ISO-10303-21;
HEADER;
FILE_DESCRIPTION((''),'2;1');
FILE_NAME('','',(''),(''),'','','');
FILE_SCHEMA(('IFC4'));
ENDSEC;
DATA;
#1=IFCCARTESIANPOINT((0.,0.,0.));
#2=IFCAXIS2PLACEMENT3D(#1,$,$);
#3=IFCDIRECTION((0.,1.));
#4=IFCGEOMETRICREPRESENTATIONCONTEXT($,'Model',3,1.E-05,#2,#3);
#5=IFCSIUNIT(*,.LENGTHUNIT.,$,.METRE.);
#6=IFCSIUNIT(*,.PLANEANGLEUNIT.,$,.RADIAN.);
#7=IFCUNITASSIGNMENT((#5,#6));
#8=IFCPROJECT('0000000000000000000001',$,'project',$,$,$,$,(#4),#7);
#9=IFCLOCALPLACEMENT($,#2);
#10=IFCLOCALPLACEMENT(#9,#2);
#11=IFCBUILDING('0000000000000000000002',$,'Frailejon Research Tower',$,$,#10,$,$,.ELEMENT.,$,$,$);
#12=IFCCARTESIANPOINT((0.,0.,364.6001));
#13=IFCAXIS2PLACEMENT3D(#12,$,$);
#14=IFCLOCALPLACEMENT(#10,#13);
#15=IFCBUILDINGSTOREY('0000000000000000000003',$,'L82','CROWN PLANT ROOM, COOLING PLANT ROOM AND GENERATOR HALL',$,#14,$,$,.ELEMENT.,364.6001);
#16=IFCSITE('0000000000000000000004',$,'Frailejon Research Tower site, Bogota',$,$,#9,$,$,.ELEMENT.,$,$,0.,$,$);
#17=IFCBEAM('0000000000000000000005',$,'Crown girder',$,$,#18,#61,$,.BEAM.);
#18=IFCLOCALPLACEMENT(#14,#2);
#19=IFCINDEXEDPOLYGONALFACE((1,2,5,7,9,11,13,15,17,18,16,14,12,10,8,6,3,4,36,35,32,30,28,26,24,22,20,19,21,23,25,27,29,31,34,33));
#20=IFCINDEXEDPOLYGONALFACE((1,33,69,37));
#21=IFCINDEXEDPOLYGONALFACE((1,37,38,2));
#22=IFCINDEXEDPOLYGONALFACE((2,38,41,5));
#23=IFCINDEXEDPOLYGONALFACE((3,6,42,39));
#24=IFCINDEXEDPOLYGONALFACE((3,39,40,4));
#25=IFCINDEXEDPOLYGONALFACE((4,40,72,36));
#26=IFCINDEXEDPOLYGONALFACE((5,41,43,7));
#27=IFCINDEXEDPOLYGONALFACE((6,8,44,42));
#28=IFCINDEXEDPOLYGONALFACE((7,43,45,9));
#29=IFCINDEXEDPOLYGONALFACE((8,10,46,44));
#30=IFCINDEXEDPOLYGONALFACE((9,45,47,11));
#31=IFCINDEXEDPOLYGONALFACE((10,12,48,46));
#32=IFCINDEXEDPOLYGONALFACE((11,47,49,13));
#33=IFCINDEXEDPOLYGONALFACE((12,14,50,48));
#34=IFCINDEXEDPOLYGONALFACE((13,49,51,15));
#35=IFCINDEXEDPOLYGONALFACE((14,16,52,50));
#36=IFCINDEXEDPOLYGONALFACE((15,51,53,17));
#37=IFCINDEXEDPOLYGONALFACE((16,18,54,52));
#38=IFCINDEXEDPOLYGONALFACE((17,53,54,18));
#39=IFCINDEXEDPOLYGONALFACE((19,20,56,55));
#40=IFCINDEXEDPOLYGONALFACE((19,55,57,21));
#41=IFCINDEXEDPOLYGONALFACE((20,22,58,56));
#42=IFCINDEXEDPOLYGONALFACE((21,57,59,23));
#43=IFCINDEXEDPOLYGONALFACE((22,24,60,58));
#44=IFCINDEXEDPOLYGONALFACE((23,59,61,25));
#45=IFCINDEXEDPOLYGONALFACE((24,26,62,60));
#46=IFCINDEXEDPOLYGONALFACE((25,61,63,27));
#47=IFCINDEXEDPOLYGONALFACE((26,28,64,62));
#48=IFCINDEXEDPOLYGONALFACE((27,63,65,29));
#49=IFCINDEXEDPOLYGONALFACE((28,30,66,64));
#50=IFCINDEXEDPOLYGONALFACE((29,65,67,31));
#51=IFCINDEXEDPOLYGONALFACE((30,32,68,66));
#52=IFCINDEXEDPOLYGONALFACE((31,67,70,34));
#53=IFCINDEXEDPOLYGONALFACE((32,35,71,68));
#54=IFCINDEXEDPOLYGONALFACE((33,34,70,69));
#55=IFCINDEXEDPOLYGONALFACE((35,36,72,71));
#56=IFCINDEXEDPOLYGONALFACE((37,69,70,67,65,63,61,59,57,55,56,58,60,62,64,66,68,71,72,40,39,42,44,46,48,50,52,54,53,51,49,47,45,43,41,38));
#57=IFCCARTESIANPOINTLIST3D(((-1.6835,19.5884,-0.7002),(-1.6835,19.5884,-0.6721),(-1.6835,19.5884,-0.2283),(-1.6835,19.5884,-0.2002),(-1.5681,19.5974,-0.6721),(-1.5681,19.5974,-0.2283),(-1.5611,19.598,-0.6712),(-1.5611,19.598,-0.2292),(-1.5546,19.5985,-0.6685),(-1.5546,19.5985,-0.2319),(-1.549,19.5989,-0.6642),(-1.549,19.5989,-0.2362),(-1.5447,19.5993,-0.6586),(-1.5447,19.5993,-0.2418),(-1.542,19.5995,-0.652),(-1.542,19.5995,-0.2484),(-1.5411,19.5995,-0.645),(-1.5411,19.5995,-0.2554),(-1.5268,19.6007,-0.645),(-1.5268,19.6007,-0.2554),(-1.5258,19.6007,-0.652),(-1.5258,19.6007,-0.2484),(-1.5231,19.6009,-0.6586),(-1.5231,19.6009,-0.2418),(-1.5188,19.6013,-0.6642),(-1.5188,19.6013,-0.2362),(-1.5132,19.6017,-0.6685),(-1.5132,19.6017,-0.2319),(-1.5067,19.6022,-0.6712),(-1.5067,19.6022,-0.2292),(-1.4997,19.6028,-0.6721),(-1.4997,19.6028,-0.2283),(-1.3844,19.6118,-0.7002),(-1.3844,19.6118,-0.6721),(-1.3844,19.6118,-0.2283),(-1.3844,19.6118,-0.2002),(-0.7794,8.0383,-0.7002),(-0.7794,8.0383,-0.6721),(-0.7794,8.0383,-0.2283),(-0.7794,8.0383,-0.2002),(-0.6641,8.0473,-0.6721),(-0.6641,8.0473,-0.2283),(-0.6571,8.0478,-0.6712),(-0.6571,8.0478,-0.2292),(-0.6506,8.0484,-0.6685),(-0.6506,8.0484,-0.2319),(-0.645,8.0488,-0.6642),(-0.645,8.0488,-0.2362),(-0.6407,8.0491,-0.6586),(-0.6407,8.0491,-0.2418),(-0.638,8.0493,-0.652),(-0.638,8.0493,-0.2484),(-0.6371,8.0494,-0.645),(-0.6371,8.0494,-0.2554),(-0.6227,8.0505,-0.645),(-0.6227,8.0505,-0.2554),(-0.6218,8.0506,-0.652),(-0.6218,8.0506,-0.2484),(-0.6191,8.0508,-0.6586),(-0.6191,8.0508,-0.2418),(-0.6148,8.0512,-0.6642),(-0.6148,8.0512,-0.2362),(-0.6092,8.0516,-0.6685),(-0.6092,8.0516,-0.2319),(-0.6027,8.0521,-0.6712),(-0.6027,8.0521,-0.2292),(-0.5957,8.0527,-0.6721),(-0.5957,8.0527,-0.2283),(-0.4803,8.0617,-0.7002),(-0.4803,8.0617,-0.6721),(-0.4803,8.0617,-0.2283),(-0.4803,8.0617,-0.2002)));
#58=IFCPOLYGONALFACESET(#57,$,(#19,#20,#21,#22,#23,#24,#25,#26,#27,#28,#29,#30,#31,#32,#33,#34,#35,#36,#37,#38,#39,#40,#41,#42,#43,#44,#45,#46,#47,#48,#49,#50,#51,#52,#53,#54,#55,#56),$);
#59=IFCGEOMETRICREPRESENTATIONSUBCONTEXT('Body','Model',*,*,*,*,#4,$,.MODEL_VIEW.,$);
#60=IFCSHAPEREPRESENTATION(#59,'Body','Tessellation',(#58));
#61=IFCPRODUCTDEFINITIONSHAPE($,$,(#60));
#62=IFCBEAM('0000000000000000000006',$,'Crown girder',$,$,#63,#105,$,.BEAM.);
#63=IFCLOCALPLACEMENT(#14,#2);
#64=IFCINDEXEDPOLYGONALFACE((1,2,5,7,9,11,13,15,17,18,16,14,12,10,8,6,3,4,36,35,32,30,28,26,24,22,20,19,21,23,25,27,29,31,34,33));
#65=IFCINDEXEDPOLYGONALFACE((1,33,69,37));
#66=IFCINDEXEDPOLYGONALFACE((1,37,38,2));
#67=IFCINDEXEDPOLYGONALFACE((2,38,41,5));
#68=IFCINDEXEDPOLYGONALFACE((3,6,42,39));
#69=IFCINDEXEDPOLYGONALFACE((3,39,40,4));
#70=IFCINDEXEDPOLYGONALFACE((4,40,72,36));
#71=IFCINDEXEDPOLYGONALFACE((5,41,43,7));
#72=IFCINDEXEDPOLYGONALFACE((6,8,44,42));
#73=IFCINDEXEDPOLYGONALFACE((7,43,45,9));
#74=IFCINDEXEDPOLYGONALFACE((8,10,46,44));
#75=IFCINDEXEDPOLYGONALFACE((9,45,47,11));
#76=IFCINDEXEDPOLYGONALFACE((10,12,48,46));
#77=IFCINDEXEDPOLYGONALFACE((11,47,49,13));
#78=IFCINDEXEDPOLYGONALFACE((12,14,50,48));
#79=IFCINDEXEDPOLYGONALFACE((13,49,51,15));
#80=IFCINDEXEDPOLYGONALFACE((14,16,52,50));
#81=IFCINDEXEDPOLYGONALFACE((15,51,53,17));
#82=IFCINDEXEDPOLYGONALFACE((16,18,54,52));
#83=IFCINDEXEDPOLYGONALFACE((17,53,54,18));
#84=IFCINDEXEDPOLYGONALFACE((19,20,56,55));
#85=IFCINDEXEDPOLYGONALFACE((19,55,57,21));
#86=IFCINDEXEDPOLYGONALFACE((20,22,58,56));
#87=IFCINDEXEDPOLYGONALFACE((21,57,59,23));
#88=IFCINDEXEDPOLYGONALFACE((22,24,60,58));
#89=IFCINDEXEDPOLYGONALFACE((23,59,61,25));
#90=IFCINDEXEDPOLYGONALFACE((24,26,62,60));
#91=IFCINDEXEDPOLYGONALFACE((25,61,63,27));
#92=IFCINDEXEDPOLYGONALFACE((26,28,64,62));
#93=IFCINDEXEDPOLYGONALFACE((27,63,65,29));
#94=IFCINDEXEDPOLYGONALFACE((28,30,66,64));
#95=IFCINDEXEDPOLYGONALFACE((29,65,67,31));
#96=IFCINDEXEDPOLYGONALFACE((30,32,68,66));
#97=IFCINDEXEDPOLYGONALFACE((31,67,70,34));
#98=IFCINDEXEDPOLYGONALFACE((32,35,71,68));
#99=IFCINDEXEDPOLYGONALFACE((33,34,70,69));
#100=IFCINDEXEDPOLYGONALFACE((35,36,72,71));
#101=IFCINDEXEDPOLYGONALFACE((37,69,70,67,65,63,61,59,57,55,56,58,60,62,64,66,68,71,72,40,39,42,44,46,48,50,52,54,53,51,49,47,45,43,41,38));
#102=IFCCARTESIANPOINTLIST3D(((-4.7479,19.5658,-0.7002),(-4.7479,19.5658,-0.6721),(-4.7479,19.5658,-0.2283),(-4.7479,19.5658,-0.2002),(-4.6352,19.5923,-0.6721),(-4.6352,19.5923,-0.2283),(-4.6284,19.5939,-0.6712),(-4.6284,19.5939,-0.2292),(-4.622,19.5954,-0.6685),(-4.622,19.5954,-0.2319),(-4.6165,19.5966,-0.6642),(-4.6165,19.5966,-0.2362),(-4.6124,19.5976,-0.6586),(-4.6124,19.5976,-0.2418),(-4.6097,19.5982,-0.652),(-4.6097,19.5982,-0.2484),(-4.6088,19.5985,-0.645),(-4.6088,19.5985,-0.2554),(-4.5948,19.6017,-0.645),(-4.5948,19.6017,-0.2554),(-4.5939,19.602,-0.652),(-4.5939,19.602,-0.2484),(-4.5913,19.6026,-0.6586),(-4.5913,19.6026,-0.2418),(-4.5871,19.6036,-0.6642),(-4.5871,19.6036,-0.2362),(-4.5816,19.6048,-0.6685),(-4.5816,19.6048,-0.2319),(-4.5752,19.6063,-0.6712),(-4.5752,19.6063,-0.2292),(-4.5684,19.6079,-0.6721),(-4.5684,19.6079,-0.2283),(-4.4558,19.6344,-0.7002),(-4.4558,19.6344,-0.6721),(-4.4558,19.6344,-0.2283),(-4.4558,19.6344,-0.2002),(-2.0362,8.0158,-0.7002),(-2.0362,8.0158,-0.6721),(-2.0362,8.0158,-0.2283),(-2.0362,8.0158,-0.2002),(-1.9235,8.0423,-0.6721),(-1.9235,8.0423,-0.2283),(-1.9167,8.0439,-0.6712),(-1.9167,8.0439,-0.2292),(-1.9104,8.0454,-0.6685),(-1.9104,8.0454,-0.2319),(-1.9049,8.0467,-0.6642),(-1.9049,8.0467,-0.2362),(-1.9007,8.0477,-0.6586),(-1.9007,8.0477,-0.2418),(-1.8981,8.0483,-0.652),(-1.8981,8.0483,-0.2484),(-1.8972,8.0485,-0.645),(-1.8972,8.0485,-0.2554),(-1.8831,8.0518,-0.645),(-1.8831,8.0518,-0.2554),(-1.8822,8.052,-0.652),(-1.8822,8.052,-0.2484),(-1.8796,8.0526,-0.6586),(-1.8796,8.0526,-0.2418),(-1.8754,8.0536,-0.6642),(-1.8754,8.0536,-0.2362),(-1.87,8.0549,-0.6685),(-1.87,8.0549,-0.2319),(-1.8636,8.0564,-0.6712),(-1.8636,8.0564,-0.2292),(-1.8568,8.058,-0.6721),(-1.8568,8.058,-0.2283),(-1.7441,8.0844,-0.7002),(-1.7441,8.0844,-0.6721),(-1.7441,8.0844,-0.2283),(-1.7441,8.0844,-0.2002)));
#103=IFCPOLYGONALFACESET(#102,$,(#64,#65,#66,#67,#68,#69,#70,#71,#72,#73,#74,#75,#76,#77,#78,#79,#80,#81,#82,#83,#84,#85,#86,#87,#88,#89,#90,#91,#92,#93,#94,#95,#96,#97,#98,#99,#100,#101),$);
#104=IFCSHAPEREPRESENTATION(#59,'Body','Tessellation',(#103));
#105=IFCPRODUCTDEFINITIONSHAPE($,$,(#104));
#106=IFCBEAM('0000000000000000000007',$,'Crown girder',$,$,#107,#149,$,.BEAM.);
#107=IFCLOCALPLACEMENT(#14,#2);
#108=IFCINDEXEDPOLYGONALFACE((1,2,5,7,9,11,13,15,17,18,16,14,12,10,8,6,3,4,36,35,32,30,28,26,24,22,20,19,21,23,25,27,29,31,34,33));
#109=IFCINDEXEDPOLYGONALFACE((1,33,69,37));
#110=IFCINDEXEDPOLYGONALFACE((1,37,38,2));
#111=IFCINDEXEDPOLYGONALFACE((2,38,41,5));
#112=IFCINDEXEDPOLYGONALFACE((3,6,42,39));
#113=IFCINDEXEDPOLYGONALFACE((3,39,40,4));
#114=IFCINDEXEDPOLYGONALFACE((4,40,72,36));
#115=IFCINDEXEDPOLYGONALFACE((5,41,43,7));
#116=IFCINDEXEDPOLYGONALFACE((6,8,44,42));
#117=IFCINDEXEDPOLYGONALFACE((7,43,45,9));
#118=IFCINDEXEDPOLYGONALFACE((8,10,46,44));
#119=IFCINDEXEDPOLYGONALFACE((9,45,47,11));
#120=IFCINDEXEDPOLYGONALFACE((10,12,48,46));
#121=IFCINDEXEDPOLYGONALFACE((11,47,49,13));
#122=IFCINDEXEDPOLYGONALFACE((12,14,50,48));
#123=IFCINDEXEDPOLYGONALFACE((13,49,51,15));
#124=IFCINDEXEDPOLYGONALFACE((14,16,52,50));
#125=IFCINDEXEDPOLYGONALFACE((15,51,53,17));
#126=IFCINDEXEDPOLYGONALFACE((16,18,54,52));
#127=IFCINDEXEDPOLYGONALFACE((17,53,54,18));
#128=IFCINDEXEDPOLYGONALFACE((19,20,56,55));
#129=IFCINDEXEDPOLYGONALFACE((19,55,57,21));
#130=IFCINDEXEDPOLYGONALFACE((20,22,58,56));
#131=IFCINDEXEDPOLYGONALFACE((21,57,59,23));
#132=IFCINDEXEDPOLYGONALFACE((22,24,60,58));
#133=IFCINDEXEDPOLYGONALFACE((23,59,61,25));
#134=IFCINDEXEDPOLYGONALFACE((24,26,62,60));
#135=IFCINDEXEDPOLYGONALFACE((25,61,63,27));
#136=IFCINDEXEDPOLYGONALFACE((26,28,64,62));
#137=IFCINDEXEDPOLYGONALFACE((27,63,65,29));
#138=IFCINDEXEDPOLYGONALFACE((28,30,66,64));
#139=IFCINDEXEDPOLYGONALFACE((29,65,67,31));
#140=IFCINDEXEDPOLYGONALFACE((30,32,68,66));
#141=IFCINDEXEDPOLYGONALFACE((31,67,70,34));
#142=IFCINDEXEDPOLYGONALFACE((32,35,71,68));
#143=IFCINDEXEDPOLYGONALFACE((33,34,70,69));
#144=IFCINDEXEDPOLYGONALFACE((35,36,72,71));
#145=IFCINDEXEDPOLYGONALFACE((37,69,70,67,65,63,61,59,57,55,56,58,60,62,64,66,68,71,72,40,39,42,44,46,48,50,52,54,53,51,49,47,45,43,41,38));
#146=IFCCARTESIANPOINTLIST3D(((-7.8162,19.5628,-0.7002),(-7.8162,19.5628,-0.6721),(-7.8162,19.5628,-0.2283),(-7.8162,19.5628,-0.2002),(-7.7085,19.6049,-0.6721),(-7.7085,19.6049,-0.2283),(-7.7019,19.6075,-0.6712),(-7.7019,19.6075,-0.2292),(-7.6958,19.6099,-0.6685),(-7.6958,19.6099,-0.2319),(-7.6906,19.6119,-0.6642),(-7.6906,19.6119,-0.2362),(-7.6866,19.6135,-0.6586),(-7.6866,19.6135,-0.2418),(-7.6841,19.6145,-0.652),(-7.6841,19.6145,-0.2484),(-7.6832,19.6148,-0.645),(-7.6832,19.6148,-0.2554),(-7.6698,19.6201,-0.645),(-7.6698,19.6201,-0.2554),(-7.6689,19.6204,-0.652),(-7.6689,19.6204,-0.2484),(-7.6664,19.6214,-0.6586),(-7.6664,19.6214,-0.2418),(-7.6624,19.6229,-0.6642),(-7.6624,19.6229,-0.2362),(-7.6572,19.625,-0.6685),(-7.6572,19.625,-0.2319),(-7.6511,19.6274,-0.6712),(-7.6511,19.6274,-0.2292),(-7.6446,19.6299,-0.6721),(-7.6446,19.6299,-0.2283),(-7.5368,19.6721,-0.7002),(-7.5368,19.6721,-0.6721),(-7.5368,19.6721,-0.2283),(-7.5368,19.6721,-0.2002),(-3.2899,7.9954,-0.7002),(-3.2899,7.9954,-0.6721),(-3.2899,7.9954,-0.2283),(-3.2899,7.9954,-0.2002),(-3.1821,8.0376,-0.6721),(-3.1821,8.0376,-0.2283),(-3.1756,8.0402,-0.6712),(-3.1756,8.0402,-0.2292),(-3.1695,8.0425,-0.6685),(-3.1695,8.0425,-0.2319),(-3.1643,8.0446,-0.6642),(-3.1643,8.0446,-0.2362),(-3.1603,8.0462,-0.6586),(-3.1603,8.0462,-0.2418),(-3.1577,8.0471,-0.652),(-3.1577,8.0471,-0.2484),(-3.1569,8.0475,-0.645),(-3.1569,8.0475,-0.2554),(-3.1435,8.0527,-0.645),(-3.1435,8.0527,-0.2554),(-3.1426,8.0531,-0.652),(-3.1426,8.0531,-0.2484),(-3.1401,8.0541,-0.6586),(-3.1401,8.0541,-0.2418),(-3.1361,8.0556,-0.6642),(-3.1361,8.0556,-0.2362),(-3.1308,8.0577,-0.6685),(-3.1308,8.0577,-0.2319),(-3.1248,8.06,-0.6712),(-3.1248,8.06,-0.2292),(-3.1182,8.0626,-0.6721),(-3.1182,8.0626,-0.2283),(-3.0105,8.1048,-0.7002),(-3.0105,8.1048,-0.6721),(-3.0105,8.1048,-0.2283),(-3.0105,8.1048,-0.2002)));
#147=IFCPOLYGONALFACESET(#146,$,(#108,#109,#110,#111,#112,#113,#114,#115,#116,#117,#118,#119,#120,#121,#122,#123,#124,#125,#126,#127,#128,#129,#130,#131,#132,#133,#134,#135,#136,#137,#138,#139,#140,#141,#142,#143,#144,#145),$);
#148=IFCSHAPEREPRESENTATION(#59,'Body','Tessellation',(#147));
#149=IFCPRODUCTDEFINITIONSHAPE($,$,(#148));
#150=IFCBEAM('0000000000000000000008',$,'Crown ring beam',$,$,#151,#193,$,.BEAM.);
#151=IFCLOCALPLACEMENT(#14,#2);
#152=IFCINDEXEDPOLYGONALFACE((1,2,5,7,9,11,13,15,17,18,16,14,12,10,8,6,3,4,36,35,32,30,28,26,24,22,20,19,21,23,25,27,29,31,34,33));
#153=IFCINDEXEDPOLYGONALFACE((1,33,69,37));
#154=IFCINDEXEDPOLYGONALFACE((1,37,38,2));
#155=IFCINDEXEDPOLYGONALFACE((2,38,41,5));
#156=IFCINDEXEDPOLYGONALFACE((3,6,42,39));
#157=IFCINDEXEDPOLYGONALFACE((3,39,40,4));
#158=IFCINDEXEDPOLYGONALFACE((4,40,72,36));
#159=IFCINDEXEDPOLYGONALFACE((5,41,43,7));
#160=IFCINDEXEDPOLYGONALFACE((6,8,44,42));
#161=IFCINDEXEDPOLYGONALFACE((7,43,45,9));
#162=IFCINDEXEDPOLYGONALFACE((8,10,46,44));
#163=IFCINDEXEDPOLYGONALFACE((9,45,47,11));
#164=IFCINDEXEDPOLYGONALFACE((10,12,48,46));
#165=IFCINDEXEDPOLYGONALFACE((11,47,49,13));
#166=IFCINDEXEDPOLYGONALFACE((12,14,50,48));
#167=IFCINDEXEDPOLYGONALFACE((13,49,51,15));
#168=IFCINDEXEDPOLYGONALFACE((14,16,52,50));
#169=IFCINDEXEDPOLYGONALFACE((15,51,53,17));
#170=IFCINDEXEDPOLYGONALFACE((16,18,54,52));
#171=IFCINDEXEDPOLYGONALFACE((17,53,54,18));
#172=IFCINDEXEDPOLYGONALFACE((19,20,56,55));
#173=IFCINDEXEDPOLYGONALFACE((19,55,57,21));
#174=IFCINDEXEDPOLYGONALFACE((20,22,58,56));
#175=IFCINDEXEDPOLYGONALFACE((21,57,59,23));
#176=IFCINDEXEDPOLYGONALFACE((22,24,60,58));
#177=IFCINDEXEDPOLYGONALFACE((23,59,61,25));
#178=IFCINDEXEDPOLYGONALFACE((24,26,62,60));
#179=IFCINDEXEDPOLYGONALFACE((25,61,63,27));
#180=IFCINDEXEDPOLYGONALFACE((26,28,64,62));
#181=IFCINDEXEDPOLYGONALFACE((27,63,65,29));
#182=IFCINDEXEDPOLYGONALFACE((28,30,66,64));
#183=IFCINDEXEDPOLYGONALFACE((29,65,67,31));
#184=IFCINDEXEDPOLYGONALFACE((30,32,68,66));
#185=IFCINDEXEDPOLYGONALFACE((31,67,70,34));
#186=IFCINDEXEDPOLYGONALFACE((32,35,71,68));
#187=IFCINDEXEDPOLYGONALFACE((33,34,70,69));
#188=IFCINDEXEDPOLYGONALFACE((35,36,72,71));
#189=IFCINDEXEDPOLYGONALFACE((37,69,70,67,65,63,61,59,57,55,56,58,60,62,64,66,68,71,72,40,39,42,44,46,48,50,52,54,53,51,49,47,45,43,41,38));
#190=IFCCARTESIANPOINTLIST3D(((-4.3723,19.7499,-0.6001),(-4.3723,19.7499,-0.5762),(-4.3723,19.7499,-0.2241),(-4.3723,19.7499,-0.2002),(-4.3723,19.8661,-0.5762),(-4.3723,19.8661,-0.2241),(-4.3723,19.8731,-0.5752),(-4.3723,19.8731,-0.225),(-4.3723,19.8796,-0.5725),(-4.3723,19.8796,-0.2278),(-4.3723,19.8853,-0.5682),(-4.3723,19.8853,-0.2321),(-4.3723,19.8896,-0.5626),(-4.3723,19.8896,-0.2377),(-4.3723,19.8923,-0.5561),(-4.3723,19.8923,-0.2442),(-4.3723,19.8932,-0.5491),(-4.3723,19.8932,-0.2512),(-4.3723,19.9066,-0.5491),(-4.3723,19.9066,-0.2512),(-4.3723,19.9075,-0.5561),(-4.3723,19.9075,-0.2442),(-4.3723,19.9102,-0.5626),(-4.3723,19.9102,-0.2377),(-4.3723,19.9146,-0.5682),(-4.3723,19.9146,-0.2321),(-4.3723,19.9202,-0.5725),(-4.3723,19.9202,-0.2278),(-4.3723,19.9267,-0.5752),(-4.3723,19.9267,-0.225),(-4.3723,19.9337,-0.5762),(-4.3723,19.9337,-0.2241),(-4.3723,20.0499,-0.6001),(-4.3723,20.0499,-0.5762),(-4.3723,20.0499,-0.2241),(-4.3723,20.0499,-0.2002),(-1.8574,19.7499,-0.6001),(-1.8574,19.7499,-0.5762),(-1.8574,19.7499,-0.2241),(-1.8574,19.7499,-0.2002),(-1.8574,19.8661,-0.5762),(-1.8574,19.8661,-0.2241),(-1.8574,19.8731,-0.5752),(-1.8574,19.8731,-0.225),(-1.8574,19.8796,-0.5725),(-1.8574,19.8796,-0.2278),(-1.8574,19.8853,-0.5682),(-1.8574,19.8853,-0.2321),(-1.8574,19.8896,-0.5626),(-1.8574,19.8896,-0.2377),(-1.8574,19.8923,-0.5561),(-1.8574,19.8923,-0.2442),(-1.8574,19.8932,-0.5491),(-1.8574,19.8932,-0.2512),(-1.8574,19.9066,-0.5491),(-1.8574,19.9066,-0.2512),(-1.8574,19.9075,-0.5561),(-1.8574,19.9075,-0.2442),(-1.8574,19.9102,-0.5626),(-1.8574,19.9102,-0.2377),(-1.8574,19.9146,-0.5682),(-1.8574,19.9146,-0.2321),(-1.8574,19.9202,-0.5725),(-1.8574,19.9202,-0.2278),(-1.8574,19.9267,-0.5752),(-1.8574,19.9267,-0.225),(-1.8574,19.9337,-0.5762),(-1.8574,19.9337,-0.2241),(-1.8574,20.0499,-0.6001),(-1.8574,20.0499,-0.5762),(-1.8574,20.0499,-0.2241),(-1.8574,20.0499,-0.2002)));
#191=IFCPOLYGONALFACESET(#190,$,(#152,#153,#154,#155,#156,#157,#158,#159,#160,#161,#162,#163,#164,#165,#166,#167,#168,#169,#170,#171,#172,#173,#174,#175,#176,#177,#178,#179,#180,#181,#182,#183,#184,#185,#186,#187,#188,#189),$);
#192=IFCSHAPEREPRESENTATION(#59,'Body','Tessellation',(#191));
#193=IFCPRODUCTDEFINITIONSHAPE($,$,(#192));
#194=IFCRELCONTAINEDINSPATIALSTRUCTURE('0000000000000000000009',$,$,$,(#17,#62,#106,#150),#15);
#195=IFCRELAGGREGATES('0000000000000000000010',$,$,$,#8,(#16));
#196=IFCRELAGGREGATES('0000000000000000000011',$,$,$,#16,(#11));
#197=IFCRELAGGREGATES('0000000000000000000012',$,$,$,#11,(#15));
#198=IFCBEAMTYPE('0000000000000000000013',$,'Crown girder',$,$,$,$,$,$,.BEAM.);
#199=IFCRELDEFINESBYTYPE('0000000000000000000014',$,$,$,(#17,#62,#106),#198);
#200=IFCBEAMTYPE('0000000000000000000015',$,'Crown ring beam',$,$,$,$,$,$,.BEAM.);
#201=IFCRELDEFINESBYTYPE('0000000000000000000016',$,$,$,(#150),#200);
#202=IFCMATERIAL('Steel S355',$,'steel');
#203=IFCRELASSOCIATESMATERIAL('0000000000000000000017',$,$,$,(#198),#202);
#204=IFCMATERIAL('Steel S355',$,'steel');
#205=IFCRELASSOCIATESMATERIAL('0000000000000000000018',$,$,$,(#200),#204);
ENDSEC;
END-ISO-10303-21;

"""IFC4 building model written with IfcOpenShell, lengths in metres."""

from ifc_helpers import new_model, si_unit, direction, frame, origin, origin_2d, place, context, subcontext, project, spatial, i_section, extrude, material, material_profile, profile_set, type_object, element, save


model = new_model("IFC4")

# Units and contexts
model_context = context("Model", 3, precision=1e-05, world=origin(), true_north=direction((0.0, 1.0)))
body_context = subcontext(model_context, "Body", "Model", "MODEL_VIEW")
ifc_project = project(units=[si_unit("LENGTHUNIT", "METRE"), si_unit("PLANEANGLEUNIT", "RADIAN")], contexts=[model_context])

# Site, building, storey
site_placement = place(None, origin())
site = spatial("IfcSite", under=ifc_project, at=site_placement, Name="Frailejon Research Tower site, Bogota", CompositionType="ELEMENT", RefElevation=0.0)
building_placement = place(site_placement, origin())
building = spatial("IfcBuilding", under=site, at=building_placement, Name="Frailejon Research Tower", CompositionType="ELEMENT")
storey_placement = place(building_placement, frame((0.0, 0.0, 364.6001)))
storey = spatial("IfcBuildingStorey", under=building, at=storey_placement, Name="L82", Description="CROWN PLANT ROOM, COOLING PLANT ROOM AND GENERATOR HALL", CompositionType="ELEMENT", Elevation=364.6001)

# Beams
ifc_material_1 = material(Name="Steel S355", Category="steel")
ifc_material_profile_1 = material_profile(ifc_material_1, i_section(OverallWidth=0.3, OverallDepth=0.5, WebThickness=0.0144, FlangeThickness=0.0281, FilletRadius=0.0271, at=origin_2d()), Name="HE 500 B")
ifc_profile_set_1 = profile_set([ifc_material_profile_1], Name="Steel S355")
beam_type_1 = type_object("IfcBeamType", Name="Crown girder", PredefinedType="BEAM", material=ifc_profile_set_1)
beam_1_placement = place(storey_placement, frame((-1.5339, 19.6001, -0.4502), z_axis=(0.078034, -0.996951, 0.0), x_axis=(0.996951, 0.078034, 0.0)))
element("IfcBeam", 1, at=beam_1_placement, inside=storey, type_object=beam_type_1, Name="Crown girder", PredefinedType="BEAM", context=body_context, shape_type="SweptSolid", body=[
    extrude(i_section(OverallWidth=0.3, OverallDepth=0.5, WebThickness=0.0144, FlangeThickness=0.0281, FilletRadius=0.0271, at=origin_2d()), origin(), (0.0, 0.0, 1.0), 11.5854),
])
beam_2_placement = place(storey_placement, frame((-4.6018, 19.6001, -0.4502), z_axis=(0.228561, -0.97353, 0.0), x_axis=(0.97353, 0.228561, 0.0)))
element("IfcBeam", 2, at=beam_2_placement, inside=storey, type_object=beam_type_1, Name="Crown girder", PredefinedType="BEAM", context=body_context, shape_type="SweptSolid", body=[
    extrude(i_section(OverallWidth=0.3, OverallDepth=0.5, WebThickness=0.0144, FlangeThickness=0.0281, FilletRadius=0.0271, at=origin_2d()), origin(), (0.0, 0.0, 1.0), 11.864),
])
beam_3_placement = place(storey_placement, frame((-7.6765, 19.6174, -0.4502), z_axis=(0.364399, -0.931243, 0.0), x_axis=(0.931243, 0.364399, 0.0)))
element("IfcBeam", 3, at=beam_3_placement, inside=storey, type_object=beam_type_1, Name="Crown girder", PredefinedType="BEAM", context=body_context, shape_type="SweptSolid", body=[
    extrude(i_section(OverallWidth=0.3, OverallDepth=0.5, WebThickness=0.0144, FlangeThickness=0.0281, FilletRadius=0.0271, at=origin_2d()), origin(), (0.0, 0.0, 1.0), 12.4214),
])
ifc_material_2 = material(Name="Steel S355", Category="steel")
ifc_material_profile_2 = material_profile(ifc_material_2, i_section(OverallWidth=0.3, OverallDepth=0.3999, WebThickness=0.0134, FlangeThickness=0.0239, FilletRadius=0.0271, at=origin_2d()), Name="HE 400 B")
ifc_profile_set_2 = profile_set([ifc_material_profile_2], Name="Steel S355")
beam_type_2 = type_object("IfcBeamType", Name="Crown ring beam", PredefinedType="BEAM", material=ifc_profile_set_2)
beam_4_placement = place(storey_placement, frame((-1.8574, 19.8999, -0.4001), z_axis=(-1.0, 0.0, 0.0), x_axis=(0.0, -1.0, 0.0)))
element("IfcBeam", 4, at=beam_4_placement, inside=storey, type_object=beam_type_2, Name="Crown ring beam", PredefinedType="BEAM", context=body_context, shape_type="SweptSolid", body=[
    extrude(i_section(OverallWidth=0.3, OverallDepth=0.3999, WebThickness=0.0134, FlangeThickness=0.0239, FilletRadius=0.0271, at=origin_2d()), origin(), (0.0, 0.0, 1.0), 2.5149),
])

save(model, "model.ifc")
